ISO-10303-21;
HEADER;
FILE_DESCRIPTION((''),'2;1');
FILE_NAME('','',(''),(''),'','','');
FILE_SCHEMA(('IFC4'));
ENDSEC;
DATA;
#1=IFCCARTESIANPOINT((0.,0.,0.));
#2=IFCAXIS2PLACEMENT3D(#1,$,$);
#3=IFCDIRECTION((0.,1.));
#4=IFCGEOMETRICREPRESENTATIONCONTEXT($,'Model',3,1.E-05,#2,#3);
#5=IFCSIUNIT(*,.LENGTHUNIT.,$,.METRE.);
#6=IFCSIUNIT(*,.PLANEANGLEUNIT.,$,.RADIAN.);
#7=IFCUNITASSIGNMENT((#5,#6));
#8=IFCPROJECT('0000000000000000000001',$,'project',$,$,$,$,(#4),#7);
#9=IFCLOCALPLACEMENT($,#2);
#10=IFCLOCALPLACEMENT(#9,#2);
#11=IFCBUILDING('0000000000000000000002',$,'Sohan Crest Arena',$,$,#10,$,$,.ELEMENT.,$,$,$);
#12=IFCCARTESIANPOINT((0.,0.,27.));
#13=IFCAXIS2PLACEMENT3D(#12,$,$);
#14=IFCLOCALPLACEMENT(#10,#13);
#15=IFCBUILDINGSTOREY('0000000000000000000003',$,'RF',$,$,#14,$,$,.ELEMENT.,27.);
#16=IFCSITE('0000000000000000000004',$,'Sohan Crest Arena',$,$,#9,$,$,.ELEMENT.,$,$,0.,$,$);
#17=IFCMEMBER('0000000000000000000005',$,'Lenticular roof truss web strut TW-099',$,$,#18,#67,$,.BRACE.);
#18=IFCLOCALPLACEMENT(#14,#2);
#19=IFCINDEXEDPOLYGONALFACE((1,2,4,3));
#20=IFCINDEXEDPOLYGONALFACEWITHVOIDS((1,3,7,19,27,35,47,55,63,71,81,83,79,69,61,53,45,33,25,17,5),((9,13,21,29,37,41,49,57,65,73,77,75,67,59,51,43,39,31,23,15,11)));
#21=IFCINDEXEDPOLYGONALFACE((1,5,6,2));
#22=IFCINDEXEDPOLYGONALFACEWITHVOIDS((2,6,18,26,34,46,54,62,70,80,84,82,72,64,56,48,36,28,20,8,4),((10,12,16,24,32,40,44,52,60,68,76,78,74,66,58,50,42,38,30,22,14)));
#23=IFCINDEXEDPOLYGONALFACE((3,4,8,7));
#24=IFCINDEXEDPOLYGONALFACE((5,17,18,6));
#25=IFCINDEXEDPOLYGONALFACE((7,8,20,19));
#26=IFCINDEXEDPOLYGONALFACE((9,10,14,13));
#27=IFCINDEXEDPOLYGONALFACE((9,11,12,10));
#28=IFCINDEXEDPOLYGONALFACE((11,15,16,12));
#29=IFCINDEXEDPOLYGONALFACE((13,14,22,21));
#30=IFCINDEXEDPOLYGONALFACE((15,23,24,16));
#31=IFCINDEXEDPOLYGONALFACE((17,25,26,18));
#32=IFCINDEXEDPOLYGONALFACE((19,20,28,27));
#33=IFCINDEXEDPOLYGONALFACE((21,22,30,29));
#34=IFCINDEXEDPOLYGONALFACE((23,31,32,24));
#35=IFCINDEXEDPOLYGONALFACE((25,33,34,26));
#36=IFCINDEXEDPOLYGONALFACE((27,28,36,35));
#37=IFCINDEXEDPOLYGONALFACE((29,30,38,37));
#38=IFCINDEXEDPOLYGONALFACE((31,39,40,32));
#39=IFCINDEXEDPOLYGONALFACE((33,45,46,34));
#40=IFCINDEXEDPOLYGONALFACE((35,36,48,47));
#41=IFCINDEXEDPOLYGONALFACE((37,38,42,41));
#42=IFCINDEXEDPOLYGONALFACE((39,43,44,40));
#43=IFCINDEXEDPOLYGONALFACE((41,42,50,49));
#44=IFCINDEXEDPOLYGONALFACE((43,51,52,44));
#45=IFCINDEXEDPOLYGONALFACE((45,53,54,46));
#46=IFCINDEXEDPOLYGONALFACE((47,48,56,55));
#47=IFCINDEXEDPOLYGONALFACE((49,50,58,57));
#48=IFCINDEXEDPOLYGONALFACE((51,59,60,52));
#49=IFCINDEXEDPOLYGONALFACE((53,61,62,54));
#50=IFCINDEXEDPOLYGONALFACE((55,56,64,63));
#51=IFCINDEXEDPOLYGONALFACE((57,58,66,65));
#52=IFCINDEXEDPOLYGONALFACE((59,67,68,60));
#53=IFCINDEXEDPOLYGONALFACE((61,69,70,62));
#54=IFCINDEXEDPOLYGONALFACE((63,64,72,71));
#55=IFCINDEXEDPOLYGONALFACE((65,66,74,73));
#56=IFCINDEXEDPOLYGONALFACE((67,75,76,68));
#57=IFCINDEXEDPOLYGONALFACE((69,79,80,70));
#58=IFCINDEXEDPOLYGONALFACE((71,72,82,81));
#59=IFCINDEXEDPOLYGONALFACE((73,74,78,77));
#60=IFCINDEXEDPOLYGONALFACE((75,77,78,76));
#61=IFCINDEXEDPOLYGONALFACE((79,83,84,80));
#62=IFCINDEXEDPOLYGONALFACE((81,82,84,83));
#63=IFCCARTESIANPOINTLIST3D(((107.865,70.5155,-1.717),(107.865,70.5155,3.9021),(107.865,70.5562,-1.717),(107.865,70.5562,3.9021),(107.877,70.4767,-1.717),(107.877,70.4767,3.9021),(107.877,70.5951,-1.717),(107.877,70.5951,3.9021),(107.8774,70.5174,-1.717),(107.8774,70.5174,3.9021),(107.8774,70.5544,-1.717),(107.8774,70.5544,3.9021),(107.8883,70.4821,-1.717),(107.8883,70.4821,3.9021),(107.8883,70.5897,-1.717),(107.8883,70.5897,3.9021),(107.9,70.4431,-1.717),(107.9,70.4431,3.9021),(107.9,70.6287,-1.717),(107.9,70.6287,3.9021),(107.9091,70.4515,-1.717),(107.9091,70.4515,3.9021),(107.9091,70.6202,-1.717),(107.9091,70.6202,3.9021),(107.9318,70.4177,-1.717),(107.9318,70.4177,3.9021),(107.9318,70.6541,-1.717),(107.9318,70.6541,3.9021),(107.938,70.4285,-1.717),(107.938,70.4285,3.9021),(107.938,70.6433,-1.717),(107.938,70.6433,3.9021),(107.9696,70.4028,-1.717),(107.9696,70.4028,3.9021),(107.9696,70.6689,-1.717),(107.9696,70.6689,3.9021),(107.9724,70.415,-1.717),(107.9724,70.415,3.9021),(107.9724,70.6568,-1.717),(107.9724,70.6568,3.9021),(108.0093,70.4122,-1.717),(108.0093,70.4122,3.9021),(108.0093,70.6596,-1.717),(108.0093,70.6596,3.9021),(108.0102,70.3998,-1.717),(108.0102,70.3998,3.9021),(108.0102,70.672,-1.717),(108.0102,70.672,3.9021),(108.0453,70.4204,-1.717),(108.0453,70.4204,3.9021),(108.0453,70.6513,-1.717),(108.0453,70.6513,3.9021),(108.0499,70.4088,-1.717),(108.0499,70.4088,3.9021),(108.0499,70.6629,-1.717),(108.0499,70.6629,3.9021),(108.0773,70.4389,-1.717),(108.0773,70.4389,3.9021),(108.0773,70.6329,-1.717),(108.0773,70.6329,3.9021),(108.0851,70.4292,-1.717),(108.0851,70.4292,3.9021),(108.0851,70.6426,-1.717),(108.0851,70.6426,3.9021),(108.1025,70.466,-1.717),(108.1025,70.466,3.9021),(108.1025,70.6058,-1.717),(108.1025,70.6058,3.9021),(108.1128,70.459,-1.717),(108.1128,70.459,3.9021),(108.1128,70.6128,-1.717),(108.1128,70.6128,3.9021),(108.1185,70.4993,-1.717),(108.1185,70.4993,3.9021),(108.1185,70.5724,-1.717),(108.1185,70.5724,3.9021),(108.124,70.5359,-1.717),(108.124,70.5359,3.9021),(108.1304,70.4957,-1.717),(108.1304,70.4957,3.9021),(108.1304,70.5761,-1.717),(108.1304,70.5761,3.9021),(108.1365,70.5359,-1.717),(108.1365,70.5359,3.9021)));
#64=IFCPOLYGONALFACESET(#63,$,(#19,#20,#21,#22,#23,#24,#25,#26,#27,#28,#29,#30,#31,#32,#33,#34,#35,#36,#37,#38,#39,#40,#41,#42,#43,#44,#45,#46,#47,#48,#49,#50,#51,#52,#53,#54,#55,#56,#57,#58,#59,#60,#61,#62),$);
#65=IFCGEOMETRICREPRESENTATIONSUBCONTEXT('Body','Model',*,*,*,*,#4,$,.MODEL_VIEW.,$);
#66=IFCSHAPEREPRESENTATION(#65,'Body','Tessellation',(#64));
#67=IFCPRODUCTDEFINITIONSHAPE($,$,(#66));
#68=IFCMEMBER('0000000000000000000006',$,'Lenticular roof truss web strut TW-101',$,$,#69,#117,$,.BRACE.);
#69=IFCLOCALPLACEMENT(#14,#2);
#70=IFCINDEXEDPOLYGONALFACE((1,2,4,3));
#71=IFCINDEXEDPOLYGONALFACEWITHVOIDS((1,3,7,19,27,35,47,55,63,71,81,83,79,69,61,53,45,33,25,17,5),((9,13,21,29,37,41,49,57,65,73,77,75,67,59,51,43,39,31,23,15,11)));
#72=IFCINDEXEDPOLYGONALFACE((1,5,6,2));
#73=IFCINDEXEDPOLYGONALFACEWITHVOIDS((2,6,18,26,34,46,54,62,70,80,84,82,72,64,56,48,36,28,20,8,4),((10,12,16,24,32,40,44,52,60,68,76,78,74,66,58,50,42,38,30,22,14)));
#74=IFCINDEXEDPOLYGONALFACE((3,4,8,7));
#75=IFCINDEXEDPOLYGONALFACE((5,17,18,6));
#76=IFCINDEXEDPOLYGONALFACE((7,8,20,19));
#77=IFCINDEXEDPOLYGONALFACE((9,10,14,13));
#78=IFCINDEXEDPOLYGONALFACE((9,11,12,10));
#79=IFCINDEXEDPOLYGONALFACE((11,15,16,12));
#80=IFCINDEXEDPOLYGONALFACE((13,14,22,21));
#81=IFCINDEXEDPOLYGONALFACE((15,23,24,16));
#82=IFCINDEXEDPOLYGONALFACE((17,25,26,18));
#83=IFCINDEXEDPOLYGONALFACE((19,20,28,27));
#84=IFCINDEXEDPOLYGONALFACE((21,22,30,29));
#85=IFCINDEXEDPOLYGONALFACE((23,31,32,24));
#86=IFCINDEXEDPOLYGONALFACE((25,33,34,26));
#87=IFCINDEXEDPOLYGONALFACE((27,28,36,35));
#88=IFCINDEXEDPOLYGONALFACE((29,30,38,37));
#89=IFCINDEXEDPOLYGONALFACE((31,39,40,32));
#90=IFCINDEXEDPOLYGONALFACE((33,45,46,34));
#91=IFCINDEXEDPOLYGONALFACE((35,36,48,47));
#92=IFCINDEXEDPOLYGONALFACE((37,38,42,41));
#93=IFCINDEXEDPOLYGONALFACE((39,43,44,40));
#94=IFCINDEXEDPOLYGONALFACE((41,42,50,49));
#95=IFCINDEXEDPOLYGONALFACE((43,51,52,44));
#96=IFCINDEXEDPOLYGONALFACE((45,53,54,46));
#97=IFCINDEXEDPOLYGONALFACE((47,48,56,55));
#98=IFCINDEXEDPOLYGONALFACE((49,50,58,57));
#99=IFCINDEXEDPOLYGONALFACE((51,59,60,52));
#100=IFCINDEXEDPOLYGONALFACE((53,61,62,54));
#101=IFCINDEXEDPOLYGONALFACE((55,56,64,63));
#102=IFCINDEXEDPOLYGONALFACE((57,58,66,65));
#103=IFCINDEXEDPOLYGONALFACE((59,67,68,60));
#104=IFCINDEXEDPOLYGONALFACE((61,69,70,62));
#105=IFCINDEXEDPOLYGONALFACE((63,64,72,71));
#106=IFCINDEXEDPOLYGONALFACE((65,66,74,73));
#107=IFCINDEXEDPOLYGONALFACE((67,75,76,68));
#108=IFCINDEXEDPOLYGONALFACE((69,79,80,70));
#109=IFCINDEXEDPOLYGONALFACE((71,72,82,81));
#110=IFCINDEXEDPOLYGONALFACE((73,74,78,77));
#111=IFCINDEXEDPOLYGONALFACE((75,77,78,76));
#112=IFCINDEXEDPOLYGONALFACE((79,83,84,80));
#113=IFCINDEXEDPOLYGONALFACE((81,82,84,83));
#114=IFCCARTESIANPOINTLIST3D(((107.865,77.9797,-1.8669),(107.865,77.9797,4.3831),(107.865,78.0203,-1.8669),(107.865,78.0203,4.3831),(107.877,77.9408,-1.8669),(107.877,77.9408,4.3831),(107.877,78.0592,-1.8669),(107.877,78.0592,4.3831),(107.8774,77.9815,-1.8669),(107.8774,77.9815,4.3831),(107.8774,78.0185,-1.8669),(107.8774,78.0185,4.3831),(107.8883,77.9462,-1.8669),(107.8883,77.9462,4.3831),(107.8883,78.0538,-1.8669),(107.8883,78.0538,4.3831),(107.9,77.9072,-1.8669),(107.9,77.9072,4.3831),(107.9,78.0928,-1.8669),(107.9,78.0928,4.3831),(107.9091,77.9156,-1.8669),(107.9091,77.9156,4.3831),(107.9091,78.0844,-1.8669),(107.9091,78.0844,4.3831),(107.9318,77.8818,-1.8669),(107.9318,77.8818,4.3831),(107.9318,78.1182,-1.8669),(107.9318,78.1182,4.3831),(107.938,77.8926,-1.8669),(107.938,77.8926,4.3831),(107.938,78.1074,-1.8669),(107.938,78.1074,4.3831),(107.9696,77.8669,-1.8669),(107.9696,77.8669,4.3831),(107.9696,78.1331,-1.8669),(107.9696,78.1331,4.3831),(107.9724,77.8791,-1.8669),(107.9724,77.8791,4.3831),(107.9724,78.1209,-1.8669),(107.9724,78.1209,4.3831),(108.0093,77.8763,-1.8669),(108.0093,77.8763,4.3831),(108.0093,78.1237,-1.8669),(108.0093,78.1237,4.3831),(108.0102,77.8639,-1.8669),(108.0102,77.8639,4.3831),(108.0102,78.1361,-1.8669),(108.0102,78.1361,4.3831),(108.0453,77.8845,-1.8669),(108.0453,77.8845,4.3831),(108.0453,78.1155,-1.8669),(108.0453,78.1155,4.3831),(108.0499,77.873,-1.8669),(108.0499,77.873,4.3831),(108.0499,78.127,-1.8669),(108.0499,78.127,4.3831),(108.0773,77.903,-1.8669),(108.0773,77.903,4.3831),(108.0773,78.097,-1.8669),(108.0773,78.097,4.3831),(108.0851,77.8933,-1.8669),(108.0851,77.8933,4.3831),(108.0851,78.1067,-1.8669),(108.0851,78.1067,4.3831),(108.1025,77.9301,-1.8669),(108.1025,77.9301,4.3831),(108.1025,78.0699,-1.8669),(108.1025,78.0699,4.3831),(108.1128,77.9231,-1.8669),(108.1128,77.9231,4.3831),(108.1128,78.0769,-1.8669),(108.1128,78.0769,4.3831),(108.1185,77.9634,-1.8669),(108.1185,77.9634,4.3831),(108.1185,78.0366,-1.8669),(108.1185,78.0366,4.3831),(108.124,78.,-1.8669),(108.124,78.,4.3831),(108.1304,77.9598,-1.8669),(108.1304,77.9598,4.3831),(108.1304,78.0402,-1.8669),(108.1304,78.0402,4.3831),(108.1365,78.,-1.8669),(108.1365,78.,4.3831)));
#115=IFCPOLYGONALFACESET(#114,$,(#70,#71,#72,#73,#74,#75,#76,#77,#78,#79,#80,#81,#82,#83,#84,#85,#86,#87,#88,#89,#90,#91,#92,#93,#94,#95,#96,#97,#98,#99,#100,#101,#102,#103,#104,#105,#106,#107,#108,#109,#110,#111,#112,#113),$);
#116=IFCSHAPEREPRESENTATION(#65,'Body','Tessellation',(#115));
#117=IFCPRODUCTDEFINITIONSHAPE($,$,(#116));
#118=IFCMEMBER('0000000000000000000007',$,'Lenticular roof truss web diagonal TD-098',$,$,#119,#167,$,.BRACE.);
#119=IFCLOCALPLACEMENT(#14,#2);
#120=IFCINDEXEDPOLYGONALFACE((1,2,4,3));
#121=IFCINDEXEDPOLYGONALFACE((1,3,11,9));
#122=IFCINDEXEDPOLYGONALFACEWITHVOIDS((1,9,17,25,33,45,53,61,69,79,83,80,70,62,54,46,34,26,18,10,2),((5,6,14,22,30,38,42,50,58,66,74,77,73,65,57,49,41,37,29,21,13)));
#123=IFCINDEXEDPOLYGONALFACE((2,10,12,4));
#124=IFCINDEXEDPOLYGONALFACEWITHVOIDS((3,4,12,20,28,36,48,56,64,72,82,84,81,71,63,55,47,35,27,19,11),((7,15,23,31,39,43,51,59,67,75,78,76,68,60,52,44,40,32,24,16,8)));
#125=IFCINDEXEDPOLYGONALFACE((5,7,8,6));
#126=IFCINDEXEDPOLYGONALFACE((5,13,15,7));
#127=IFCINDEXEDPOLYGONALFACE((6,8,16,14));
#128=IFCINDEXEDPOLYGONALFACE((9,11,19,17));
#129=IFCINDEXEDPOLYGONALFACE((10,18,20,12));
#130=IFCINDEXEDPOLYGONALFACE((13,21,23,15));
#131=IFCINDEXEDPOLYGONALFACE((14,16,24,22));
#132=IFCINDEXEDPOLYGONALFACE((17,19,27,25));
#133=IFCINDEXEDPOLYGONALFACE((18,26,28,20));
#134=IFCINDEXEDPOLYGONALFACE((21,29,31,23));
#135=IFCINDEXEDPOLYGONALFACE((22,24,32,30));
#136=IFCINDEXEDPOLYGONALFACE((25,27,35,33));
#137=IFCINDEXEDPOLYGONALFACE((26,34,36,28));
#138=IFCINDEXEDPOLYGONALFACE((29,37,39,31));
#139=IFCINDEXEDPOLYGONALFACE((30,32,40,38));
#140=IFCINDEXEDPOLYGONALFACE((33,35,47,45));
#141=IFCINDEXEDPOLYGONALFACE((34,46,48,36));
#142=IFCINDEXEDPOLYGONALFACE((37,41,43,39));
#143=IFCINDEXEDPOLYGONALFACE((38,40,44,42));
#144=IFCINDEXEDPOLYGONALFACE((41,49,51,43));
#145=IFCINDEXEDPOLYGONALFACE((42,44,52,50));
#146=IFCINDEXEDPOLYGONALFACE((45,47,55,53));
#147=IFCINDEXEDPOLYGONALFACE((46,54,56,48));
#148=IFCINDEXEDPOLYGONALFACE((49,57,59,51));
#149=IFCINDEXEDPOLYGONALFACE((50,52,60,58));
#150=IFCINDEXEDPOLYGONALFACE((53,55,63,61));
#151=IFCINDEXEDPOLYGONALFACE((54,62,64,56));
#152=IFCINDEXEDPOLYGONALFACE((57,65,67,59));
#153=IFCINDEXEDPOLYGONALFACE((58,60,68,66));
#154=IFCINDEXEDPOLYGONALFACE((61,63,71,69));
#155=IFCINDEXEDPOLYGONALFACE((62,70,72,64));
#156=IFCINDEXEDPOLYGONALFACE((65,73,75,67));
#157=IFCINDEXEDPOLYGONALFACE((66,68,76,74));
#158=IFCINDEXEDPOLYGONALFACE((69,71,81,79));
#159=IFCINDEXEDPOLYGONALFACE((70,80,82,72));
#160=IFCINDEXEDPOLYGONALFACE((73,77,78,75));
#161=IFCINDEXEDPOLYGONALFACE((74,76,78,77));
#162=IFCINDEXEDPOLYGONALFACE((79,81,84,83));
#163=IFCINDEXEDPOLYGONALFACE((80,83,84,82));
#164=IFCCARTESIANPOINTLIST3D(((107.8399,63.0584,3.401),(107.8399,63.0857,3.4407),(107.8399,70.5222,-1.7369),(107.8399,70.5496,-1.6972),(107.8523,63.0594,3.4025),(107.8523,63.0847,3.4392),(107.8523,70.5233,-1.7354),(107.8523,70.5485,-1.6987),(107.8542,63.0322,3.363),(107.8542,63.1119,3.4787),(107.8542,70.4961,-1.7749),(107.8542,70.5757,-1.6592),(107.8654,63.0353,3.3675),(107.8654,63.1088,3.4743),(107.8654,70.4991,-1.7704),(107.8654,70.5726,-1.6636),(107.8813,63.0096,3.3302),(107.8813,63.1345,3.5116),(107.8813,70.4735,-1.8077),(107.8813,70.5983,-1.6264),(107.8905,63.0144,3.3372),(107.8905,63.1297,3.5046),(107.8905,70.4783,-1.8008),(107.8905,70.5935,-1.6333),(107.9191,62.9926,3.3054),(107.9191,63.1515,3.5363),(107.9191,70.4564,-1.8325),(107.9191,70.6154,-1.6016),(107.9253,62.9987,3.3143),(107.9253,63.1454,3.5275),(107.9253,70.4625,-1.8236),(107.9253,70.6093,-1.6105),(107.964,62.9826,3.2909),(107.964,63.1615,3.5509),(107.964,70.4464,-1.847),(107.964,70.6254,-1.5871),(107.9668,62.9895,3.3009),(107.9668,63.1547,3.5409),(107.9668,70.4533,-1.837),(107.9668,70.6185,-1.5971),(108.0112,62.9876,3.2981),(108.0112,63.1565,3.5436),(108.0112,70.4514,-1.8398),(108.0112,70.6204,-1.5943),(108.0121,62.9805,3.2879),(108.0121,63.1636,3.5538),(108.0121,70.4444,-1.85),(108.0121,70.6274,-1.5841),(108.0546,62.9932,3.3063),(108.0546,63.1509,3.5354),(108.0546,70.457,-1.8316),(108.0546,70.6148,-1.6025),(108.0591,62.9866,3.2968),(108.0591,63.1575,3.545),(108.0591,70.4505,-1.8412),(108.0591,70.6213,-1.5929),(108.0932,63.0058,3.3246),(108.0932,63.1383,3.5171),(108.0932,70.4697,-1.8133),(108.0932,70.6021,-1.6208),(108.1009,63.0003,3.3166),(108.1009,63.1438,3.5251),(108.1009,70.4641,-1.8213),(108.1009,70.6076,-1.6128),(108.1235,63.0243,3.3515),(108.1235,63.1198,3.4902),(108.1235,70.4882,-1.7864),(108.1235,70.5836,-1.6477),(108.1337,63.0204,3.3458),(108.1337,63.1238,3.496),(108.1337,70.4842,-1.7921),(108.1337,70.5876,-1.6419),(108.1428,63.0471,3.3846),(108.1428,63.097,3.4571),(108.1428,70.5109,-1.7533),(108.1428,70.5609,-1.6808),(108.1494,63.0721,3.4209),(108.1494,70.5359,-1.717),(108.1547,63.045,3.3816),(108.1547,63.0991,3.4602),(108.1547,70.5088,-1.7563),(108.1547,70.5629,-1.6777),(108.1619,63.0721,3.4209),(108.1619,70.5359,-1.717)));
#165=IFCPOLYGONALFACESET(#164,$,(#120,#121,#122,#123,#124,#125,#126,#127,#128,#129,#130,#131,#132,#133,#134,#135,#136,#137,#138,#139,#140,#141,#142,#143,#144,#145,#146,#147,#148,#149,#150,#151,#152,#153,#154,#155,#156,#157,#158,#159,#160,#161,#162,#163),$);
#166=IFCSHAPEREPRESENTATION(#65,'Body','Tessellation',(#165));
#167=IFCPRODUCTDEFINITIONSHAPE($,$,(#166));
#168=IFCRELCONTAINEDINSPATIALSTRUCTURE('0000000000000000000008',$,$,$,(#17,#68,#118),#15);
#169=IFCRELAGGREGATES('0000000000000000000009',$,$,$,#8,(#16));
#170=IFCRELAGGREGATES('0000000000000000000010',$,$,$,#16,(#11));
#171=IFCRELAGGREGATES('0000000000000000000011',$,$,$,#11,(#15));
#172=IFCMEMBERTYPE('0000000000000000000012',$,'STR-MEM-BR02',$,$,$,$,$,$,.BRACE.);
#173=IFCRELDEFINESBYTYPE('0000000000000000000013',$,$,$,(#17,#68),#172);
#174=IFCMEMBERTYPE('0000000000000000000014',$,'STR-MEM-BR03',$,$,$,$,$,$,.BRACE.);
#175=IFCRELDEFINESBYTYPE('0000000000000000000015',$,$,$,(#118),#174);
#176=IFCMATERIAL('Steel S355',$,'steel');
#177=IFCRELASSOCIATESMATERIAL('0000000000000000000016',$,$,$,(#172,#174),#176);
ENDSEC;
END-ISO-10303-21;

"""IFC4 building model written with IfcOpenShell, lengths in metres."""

from ifc_helpers import new_model, si_unit, direction, frame, origin, origin_2d, place, context, subcontext, project, spatial, hollow_circle, extrude, material, material_profile, profile_set, type_object, element, save


model = new_model("IFC4")

# Units and contexts
model_context = context("Model", 3, precision=1e-05, world=origin(), true_north=direction((0.0, 1.0)))
body_context = subcontext(model_context, "Body", "Model", "MODEL_VIEW")
ifc_project = project(units=[si_unit("LENGTHUNIT", "METRE"), si_unit("PLANEANGLEUNIT", "RADIAN")], contexts=[model_context])

# Site, building, storey
site_placement = place(None, origin())
site = spatial("IfcSite", under=ifc_project, at=site_placement, Name="Sohan Crest Arena", CompositionType="ELEMENT", RefElevation=0.0)
building_placement = place(site_placement, origin())
building = spatial("IfcBuilding", under=site, at=building_placement, Name="Sohan Crest Arena", CompositionType="ELEMENT")
storey_placement = place(building_placement, frame((0.0, 0.0, 27.0)))
storey = spatial("IfcBuildingStorey", under=building, at=storey_placement, Name="RF", CompositionType="ELEMENT", Elevation=27.0)

# Shared definitions
ifc_material_1 = material(Name="Steel S355", Category="steel")

# Members
ifc_material_profile_1 = material_profile(ifc_material_1, hollow_circle(Radius=0.1365, WallThickness=0.0125, at=origin_2d()), Name="CHS 273x12.5")
ifc_profile_set_1 = profile_set([ifc_material_profile_1], Name="Steel S355")
member_type_1 = type_object("IfcMemberType", Name="STR-MEM-BR02", PredefinedType="BRACE", material=ifc_profile_set_1)
member_1_placement = place(storey_placement, frame((108.0, 70.5359, -1.717), z_axis=(0.0, 0.0, 1.0), x_axis=(1.0, 0.0, 0.0)))
element("IfcMember", 1, at=member_1_placement, inside=storey, type_object=member_type_1, Name="Lenticular roof truss web strut TW-099", PredefinedType="BRACE", context=body_context, shape_type="SweptSolid", body=[
    extrude(hollow_circle(Radius=0.1365, WallThickness=0.0125, at=origin_2d()), origin(), (0.0, 0.0, 1.0), 5.6191),
])
member_2_placement = place(storey_placement, frame((108.0, 78.0, -1.8669), z_axis=(0.0, 0.0, 1.0), x_axis=(1.0, 0.0, 0.0)))
element("IfcMember", 2, at=member_2_placement, inside=storey, type_object=member_type_1, Name="Lenticular roof truss web strut TW-101", PredefinedType="BRACE", context=body_context, shape_type="SweptSolid", body=[
    extrude(hollow_circle(Radius=0.1365, WallThickness=0.0125, at=origin_2d()), origin(), (0.0, 0.0, 1.0), 6.25),
])
ifc_material_profile_2 = material_profile(ifc_material_1, hollow_circle(Radius=0.1619, WallThickness=0.0125, at=origin_2d()), Name="CHS 323.9x12.5")
ifc_profile_set_2 = profile_set([ifc_material_profile_2], Name="Steel S355")
member_type_2 = type_object("IfcMemberType", Name="STR-MEM-BR03", PredefinedType="BRACE", material=ifc_profile_set_2)
member_3_placement = place(storey_placement, frame((108.0, 70.5359, -1.717), z_axis=(0.0, -0.823705, 0.567018), x_axis=(1.0, 0.0, 0.0)))
element("IfcMember", 3, at=member_3_placement, inside=storey, type_object=member_type_2, Name="Lenticular roof truss web diagonal TD-098", PredefinedType="BRACE", context=body_context, shape_type="SweptSolid", body=[
    extrude(hollow_circle(Radius=0.1619, WallThickness=0.0125, at=origin_2d()), origin(), (0.0, 0.0, 1.0), 9.0613),
])

save(model, "model.ifc")
